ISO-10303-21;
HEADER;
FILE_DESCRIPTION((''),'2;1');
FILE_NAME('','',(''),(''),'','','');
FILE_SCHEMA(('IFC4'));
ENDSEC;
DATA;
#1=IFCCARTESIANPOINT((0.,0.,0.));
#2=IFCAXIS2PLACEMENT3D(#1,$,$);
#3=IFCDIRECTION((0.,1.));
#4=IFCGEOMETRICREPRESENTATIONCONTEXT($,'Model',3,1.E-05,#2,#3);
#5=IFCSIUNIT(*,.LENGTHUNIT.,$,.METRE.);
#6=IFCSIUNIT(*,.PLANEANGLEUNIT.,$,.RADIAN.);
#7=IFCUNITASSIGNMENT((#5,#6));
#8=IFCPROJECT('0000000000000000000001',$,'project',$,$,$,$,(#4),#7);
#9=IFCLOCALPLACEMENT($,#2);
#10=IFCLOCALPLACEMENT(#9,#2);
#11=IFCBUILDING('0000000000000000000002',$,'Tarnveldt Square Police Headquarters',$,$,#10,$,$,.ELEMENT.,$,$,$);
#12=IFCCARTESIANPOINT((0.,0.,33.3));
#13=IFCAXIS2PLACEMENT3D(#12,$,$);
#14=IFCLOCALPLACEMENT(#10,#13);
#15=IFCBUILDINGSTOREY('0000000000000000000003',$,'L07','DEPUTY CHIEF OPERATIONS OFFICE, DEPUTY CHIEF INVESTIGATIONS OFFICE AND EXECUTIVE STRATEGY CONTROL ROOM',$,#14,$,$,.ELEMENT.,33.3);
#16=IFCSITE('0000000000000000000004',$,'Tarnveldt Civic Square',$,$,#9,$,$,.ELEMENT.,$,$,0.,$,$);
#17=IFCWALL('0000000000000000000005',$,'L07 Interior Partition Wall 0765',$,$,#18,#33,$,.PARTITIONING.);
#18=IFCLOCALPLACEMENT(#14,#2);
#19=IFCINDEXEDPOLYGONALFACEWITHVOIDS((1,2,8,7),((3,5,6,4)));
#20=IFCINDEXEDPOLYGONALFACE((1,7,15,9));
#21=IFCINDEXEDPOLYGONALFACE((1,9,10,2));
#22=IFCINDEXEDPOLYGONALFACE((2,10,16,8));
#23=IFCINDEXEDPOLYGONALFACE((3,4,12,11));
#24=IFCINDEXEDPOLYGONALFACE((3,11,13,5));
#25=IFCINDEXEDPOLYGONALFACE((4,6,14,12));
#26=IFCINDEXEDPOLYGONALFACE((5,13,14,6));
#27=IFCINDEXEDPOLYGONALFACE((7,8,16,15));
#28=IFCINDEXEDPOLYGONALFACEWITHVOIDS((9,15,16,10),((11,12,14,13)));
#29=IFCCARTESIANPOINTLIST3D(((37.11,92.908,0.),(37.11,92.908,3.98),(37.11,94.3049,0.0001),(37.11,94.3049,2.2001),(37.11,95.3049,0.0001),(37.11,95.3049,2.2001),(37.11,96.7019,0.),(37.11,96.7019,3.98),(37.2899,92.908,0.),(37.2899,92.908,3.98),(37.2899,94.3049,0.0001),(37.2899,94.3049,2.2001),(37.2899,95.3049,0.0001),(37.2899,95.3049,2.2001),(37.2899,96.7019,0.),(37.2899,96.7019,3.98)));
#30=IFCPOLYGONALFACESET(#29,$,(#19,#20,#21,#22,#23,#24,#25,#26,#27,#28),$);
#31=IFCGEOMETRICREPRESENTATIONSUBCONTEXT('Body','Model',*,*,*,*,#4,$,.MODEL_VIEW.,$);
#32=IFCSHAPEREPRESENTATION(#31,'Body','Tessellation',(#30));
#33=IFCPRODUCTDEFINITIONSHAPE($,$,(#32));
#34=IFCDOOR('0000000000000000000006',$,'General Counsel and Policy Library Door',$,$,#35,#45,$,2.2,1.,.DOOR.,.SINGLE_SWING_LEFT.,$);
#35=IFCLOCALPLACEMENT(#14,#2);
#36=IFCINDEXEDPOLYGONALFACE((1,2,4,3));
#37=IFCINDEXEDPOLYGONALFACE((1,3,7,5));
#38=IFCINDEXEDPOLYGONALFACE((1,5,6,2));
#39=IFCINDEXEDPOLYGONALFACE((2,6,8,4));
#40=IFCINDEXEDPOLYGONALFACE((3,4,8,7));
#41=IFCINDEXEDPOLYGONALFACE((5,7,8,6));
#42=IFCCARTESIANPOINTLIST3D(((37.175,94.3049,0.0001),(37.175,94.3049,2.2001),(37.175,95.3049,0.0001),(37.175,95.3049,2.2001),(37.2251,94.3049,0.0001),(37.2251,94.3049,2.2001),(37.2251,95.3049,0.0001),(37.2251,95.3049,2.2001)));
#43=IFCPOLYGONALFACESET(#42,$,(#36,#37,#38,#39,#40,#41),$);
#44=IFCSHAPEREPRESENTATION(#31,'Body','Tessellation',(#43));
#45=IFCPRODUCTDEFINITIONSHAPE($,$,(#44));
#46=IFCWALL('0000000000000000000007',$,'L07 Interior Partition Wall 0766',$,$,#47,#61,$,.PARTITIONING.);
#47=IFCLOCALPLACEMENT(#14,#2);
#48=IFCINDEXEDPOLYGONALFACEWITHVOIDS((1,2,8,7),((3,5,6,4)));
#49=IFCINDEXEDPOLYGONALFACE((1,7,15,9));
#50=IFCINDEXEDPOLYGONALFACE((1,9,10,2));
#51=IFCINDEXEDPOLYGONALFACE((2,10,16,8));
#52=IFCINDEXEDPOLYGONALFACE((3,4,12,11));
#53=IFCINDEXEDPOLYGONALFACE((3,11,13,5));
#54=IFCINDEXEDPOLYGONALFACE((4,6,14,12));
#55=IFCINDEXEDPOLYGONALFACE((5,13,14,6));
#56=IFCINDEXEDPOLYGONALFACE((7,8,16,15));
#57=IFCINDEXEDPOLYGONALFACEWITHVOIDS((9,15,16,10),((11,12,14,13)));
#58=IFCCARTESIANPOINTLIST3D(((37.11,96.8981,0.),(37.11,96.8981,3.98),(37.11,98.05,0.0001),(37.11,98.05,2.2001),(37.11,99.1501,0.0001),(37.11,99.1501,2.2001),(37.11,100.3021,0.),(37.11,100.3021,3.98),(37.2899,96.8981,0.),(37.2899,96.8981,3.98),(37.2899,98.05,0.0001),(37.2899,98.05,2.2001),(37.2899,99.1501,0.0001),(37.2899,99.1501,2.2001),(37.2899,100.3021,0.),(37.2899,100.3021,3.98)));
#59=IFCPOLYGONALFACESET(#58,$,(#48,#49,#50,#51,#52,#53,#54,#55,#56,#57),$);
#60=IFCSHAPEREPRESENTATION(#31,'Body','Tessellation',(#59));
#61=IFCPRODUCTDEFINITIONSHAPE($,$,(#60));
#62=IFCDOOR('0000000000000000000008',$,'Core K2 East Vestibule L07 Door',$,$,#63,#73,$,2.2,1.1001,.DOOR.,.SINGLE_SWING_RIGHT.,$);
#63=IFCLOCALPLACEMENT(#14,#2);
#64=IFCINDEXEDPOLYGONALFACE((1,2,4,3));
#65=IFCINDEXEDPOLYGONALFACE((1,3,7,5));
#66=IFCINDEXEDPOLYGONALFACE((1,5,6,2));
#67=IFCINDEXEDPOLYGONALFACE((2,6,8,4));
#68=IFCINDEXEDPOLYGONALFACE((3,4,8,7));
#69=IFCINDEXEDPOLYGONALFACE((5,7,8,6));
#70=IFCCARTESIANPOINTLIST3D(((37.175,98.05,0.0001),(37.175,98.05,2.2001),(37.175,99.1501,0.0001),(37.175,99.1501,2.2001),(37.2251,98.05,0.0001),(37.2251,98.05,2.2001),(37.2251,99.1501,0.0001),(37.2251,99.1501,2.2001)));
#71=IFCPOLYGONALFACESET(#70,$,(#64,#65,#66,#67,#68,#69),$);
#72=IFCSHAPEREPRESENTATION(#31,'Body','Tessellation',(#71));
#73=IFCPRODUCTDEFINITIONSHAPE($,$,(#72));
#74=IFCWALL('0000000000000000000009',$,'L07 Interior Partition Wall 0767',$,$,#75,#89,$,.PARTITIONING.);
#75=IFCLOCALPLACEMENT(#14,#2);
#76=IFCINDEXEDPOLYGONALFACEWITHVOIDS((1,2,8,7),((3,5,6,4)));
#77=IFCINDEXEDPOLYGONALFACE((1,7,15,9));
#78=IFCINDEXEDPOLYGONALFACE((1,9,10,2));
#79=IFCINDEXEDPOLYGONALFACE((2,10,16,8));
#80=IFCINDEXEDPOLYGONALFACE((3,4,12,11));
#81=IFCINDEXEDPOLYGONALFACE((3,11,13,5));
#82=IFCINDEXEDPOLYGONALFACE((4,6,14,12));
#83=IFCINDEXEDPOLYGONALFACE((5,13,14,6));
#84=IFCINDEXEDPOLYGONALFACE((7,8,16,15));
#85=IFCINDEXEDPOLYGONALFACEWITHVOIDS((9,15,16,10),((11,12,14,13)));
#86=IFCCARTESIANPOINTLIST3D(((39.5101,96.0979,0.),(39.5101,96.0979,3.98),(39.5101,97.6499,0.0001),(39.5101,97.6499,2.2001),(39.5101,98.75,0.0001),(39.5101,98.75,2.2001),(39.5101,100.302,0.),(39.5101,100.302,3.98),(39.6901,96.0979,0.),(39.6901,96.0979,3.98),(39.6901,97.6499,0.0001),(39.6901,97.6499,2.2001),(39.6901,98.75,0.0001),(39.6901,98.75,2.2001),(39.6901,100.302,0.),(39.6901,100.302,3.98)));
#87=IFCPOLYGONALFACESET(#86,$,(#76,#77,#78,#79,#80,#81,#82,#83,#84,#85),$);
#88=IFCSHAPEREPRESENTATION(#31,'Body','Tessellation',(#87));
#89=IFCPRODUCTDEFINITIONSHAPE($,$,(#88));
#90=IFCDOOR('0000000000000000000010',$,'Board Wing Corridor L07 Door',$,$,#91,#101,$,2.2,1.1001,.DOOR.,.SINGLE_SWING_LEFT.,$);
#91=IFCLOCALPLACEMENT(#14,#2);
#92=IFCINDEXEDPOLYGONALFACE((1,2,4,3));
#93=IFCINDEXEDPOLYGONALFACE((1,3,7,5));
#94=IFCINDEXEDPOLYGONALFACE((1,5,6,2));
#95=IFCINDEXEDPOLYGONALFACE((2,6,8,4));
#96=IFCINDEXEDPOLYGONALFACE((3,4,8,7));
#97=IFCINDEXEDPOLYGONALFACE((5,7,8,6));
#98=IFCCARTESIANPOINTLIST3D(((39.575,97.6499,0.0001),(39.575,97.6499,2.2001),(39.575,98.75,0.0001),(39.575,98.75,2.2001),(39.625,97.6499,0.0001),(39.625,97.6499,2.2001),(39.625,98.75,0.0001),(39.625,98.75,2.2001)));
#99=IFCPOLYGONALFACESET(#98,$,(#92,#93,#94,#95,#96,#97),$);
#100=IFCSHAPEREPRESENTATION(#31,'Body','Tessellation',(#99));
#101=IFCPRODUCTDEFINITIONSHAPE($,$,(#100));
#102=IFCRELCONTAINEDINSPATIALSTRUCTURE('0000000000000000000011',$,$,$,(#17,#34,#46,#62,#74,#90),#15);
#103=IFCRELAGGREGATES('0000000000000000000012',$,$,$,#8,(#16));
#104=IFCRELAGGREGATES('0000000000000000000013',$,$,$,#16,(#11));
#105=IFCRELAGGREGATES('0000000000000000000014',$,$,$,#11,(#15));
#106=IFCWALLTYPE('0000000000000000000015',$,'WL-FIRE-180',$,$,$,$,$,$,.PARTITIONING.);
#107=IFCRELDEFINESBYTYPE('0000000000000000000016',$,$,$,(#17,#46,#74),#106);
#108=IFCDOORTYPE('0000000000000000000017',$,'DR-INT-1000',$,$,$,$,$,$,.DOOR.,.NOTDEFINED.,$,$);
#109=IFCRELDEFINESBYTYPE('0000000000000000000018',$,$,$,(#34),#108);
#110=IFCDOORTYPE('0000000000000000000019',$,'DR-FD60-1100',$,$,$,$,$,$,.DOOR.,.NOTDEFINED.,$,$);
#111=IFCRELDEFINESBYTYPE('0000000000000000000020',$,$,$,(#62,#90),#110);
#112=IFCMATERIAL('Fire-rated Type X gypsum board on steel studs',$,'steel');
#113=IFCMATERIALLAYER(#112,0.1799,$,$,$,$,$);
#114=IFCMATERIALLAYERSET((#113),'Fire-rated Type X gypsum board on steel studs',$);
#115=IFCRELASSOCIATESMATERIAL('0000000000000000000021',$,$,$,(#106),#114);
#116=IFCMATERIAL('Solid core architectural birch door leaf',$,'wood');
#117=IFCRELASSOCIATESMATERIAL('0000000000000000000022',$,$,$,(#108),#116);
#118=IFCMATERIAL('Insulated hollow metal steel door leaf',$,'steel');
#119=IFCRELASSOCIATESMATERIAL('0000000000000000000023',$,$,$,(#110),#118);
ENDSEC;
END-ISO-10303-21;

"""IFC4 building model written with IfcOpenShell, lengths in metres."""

from ifc_helpers import new_model, si_unit, direction, frame, frame_2d, origin, place, context, subcontext, project, spatial, rectangle, extrude, material, layer, layer_set, type_object, element, fill, save


model = new_model("IFC4")

# Units and contexts
model_context = context("Model", 3, precision=1e-05, world=origin(), true_north=direction((0.0, 1.0)))
body_context = subcontext(model_context, "Body", "Model", "MODEL_VIEW")
ifc_project = project(units=[si_unit("LENGTHUNIT", "METRE"), si_unit("PLANEANGLEUNIT", "RADIAN")], contexts=[model_context])

# Site, building, storey
site_placement = place(None, origin())
site = spatial("IfcSite", under=ifc_project, at=site_placement, Name="Tarnveldt Civic Square", CompositionType="ELEMENT", RefElevation=0.0)
building_placement = place(site_placement, origin())
building = spatial("IfcBuilding", under=site, at=building_placement, Name="Tarnveldt Square Police Headquarters", CompositionType="ELEMENT")
storey_placement = place(building_placement, frame((0.0, 0.0, 33.3)))
storey = spatial("IfcBuildingStorey", under=building, at=storey_placement, Name="L07", Description="DEPUTY CHIEF OPERATIONS OFFICE, DEPUTY CHIEF INVESTIGATIONS OFFICE AND EXECUTIVE STRATEGY CONTROL ROOM", CompositionType="ELEMENT", Elevation=33.3)

# Shared definitions
ifc_material_1 = material(Name="Fire-rated Type X gypsum board on steel studs", Category="steel")
ifc_layer_1 = layer(ifc_material_1, 0.1799)
ifc_layer_set_1 = layer_set([ifc_layer_1], Name="Fire-rated Type X gypsum board on steel studs")
wall_type_1 = type_object("IfcWallType", Name="WL-FIRE-180", PredefinedType="PARTITIONING", material=ifc_layer_set_1)

# Shared definitions
ifc_material_2 = material(Name="Solid core architectural birch door leaf", Category="wood")
door_type_1 = type_object("IfcDoorType", Name="DR-INT-1000", OperationType="NOTDEFINED", PredefinedType="DOOR", material=ifc_material_2)

# Walls, openings, doors
ifc_material_3 = material(Name="Insulated hollow metal steel door leaf", Category="steel")
wall_1_placement = place(storey_placement, frame((37.2, 92.908, 0.0), z_axis=(0.0, 0.0, 1.0), x_axis=(0.0, 1.0, 0.0)))
wall_1 = element("IfcWall", 1, at=wall_1_placement, inside=storey, type_object=wall_type_1, Name="L07 Interior Partition Wall 0765", PredefinedType="PARTITIONING", context=body_context, shape_type="SweptSolid", body=[
    extrude(rectangle(XDim=3.7939, YDim=0.1799, at=frame_2d((1.897, 0.0))), origin(), (0.0, 0.0, 1.0), 3.98),
])
opening_1_placement = place(wall_1_placement, frame((1.397, 0.0, 0.0)))
opening_1 = element("IfcOpeningElement", 2, at=opening_1_placement, cuts=wall_1, PredefinedType="OPENING", context=body_context, shape_type="SweptSolid", body=[
    extrude(rectangle(XDim=1.0, YDim=2.2, at=frame_2d((0.5, 1.1001))), frame((0.0, 0.0999, 0.0), z_axis=(0.0, -1.0, 0.0), x_axis=(1.0, 0.0, 0.0)), (0.0, 0.0, 1.0), 0.2),
])
door_1_placement = place(opening_1_placement, origin())
door_1 = element("IfcDoor", 3, at=door_1_placement, inside=storey, type_object=door_type_1, Name="General Counsel and Policy Library Door", OperationType="SINGLE_SWING_LEFT", OverallHeight=2.2, OverallWidth=1.0, PredefinedType="DOOR", context=body_context, shape_type="SweptSolid", body=[
    extrude(rectangle(XDim=1.0, YDim=2.2, at=frame_2d((0.5, 1.1001))), frame((0.0, 0.0249, 0.0), z_axis=(0.0, -1.0, 0.0), x_axis=(1.0, 0.0, 0.0)), (0.0, 0.0, 1.0), 0.05),
])
fill(opening_1, door_1)
wall_2_placement = place(storey_placement, frame((37.2, 96.8979, 0.0), z_axis=(0.0, 0.0, 1.0), x_axis=(0.0, 1.0, 0.0)))
wall_2 = element("IfcWall", 4, at=wall_2_placement, inside=storey, type_object=wall_type_1, Name="L07 Interior Partition Wall 0766", PredefinedType="PARTITIONING", context=body_context, shape_type="SweptSolid", body=[
    extrude(rectangle(XDim=3.4041, YDim=0.1799, at=frame_2d((1.7021, 0.0))), origin(), (0.0, 0.0, 1.0), 3.98),
])
opening_2_placement = place(wall_2_placement, frame((1.1521, 0.0, 0.0)))
opening_2 = element("IfcOpeningElement", 5, at=opening_2_placement, cuts=wall_2, PredefinedType="OPENING", context=body_context, shape_type="SweptSolid", body=[
    extrude(rectangle(XDim=1.1001, YDim=2.2, at=frame_2d((0.55, 1.1001))), frame((0.0, 0.0999, 0.0), z_axis=(0.0, -1.0, 0.0), x_axis=(1.0, 0.0, 0.0)), (0.0, 0.0, 1.0), 0.2),
])
door_type_2 = type_object("IfcDoorType", Name="DR-FD60-1100", OperationType="NOTDEFINED", PredefinedType="DOOR", material=ifc_material_3)
door_2_placement = place(opening_2_placement, origin())
door_2 = element("IfcDoor", 6, at=door_2_placement, inside=storey, type_object=door_type_2, Name="Core K2 East Vestibule L07 Door", OperationType="SINGLE_SWING_RIGHT", OverallHeight=2.2, OverallWidth=1.1001, PredefinedType="DOOR", context=body_context, shape_type="SweptSolid", body=[
    extrude(rectangle(XDim=1.1001, YDim=2.2, at=frame_2d((0.55, 1.1001))), frame((0.0, 0.0249, 0.0), z_axis=(0.0, -1.0, 0.0), x_axis=(1.0, 0.0, 0.0)), (0.0, 0.0, 1.0), 0.05),
])
fill(opening_2, door_2)
wall_3_placement = place(storey_placement, frame((39.6001, 96.0979, 0.0), z_axis=(0.0, 0.0, 1.0), x_axis=(0.0, 1.0, 0.0)))
wall_3 = element("IfcWall", 7, at=wall_3_placement, inside=storey, type_object=wall_type_1, Name="L07 Interior Partition Wall 0767", PredefinedType="PARTITIONING", context=body_context, shape_type="SweptSolid", body=[
    extrude(rectangle(XDim=4.2041, YDim=0.1799, at=frame_2d((2.1021, 0.0))), origin(), (0.0, 0.0, 1.0), 3.98),
])
opening_3_placement = place(wall_3_placement, frame((1.552, 0.0, 0.0)))
opening_3 = element("IfcOpeningElement", 8, at=opening_3_placement, cuts=wall_3, PredefinedType="OPENING", context=body_context, shape_type="SweptSolid", body=[
    extrude(rectangle(XDim=1.1001, YDim=2.2, at=frame_2d((0.55, 1.1001))), frame((0.0, 0.0999, 0.0), z_axis=(0.0, -1.0, 0.0), x_axis=(1.0, 0.0, 0.0)), (0.0, 0.0, 1.0), 0.2),
])
door_3_placement = place(opening_3_placement, frame((1.1001, 0.0, 0.0), z_axis=(0.0, 0.0, 1.0), x_axis=(-1.0, 0.0, 0.0)))
door_3 = element("IfcDoor", 9, at=door_3_placement, inside=storey, type_object=door_type_2, Name="Board Wing Corridor L07 Door", OperationType="SINGLE_SWING_LEFT", OverallHeight=2.2, OverallWidth=1.1001, PredefinedType="DOOR", context=body_context, shape_type="SweptSolid", body=[
    extrude(rectangle(XDim=1.1001, YDim=2.2, at=frame_2d((0.55, 1.1001))), frame((0.0, 0.0249, 0.0), z_axis=(0.0, -1.0, 0.0), x_axis=(1.0, 0.0, 0.0)), (0.0, 0.0, 1.0), 0.05),
])
fill(opening_3, door_3)

save(model, "model.ifc")
